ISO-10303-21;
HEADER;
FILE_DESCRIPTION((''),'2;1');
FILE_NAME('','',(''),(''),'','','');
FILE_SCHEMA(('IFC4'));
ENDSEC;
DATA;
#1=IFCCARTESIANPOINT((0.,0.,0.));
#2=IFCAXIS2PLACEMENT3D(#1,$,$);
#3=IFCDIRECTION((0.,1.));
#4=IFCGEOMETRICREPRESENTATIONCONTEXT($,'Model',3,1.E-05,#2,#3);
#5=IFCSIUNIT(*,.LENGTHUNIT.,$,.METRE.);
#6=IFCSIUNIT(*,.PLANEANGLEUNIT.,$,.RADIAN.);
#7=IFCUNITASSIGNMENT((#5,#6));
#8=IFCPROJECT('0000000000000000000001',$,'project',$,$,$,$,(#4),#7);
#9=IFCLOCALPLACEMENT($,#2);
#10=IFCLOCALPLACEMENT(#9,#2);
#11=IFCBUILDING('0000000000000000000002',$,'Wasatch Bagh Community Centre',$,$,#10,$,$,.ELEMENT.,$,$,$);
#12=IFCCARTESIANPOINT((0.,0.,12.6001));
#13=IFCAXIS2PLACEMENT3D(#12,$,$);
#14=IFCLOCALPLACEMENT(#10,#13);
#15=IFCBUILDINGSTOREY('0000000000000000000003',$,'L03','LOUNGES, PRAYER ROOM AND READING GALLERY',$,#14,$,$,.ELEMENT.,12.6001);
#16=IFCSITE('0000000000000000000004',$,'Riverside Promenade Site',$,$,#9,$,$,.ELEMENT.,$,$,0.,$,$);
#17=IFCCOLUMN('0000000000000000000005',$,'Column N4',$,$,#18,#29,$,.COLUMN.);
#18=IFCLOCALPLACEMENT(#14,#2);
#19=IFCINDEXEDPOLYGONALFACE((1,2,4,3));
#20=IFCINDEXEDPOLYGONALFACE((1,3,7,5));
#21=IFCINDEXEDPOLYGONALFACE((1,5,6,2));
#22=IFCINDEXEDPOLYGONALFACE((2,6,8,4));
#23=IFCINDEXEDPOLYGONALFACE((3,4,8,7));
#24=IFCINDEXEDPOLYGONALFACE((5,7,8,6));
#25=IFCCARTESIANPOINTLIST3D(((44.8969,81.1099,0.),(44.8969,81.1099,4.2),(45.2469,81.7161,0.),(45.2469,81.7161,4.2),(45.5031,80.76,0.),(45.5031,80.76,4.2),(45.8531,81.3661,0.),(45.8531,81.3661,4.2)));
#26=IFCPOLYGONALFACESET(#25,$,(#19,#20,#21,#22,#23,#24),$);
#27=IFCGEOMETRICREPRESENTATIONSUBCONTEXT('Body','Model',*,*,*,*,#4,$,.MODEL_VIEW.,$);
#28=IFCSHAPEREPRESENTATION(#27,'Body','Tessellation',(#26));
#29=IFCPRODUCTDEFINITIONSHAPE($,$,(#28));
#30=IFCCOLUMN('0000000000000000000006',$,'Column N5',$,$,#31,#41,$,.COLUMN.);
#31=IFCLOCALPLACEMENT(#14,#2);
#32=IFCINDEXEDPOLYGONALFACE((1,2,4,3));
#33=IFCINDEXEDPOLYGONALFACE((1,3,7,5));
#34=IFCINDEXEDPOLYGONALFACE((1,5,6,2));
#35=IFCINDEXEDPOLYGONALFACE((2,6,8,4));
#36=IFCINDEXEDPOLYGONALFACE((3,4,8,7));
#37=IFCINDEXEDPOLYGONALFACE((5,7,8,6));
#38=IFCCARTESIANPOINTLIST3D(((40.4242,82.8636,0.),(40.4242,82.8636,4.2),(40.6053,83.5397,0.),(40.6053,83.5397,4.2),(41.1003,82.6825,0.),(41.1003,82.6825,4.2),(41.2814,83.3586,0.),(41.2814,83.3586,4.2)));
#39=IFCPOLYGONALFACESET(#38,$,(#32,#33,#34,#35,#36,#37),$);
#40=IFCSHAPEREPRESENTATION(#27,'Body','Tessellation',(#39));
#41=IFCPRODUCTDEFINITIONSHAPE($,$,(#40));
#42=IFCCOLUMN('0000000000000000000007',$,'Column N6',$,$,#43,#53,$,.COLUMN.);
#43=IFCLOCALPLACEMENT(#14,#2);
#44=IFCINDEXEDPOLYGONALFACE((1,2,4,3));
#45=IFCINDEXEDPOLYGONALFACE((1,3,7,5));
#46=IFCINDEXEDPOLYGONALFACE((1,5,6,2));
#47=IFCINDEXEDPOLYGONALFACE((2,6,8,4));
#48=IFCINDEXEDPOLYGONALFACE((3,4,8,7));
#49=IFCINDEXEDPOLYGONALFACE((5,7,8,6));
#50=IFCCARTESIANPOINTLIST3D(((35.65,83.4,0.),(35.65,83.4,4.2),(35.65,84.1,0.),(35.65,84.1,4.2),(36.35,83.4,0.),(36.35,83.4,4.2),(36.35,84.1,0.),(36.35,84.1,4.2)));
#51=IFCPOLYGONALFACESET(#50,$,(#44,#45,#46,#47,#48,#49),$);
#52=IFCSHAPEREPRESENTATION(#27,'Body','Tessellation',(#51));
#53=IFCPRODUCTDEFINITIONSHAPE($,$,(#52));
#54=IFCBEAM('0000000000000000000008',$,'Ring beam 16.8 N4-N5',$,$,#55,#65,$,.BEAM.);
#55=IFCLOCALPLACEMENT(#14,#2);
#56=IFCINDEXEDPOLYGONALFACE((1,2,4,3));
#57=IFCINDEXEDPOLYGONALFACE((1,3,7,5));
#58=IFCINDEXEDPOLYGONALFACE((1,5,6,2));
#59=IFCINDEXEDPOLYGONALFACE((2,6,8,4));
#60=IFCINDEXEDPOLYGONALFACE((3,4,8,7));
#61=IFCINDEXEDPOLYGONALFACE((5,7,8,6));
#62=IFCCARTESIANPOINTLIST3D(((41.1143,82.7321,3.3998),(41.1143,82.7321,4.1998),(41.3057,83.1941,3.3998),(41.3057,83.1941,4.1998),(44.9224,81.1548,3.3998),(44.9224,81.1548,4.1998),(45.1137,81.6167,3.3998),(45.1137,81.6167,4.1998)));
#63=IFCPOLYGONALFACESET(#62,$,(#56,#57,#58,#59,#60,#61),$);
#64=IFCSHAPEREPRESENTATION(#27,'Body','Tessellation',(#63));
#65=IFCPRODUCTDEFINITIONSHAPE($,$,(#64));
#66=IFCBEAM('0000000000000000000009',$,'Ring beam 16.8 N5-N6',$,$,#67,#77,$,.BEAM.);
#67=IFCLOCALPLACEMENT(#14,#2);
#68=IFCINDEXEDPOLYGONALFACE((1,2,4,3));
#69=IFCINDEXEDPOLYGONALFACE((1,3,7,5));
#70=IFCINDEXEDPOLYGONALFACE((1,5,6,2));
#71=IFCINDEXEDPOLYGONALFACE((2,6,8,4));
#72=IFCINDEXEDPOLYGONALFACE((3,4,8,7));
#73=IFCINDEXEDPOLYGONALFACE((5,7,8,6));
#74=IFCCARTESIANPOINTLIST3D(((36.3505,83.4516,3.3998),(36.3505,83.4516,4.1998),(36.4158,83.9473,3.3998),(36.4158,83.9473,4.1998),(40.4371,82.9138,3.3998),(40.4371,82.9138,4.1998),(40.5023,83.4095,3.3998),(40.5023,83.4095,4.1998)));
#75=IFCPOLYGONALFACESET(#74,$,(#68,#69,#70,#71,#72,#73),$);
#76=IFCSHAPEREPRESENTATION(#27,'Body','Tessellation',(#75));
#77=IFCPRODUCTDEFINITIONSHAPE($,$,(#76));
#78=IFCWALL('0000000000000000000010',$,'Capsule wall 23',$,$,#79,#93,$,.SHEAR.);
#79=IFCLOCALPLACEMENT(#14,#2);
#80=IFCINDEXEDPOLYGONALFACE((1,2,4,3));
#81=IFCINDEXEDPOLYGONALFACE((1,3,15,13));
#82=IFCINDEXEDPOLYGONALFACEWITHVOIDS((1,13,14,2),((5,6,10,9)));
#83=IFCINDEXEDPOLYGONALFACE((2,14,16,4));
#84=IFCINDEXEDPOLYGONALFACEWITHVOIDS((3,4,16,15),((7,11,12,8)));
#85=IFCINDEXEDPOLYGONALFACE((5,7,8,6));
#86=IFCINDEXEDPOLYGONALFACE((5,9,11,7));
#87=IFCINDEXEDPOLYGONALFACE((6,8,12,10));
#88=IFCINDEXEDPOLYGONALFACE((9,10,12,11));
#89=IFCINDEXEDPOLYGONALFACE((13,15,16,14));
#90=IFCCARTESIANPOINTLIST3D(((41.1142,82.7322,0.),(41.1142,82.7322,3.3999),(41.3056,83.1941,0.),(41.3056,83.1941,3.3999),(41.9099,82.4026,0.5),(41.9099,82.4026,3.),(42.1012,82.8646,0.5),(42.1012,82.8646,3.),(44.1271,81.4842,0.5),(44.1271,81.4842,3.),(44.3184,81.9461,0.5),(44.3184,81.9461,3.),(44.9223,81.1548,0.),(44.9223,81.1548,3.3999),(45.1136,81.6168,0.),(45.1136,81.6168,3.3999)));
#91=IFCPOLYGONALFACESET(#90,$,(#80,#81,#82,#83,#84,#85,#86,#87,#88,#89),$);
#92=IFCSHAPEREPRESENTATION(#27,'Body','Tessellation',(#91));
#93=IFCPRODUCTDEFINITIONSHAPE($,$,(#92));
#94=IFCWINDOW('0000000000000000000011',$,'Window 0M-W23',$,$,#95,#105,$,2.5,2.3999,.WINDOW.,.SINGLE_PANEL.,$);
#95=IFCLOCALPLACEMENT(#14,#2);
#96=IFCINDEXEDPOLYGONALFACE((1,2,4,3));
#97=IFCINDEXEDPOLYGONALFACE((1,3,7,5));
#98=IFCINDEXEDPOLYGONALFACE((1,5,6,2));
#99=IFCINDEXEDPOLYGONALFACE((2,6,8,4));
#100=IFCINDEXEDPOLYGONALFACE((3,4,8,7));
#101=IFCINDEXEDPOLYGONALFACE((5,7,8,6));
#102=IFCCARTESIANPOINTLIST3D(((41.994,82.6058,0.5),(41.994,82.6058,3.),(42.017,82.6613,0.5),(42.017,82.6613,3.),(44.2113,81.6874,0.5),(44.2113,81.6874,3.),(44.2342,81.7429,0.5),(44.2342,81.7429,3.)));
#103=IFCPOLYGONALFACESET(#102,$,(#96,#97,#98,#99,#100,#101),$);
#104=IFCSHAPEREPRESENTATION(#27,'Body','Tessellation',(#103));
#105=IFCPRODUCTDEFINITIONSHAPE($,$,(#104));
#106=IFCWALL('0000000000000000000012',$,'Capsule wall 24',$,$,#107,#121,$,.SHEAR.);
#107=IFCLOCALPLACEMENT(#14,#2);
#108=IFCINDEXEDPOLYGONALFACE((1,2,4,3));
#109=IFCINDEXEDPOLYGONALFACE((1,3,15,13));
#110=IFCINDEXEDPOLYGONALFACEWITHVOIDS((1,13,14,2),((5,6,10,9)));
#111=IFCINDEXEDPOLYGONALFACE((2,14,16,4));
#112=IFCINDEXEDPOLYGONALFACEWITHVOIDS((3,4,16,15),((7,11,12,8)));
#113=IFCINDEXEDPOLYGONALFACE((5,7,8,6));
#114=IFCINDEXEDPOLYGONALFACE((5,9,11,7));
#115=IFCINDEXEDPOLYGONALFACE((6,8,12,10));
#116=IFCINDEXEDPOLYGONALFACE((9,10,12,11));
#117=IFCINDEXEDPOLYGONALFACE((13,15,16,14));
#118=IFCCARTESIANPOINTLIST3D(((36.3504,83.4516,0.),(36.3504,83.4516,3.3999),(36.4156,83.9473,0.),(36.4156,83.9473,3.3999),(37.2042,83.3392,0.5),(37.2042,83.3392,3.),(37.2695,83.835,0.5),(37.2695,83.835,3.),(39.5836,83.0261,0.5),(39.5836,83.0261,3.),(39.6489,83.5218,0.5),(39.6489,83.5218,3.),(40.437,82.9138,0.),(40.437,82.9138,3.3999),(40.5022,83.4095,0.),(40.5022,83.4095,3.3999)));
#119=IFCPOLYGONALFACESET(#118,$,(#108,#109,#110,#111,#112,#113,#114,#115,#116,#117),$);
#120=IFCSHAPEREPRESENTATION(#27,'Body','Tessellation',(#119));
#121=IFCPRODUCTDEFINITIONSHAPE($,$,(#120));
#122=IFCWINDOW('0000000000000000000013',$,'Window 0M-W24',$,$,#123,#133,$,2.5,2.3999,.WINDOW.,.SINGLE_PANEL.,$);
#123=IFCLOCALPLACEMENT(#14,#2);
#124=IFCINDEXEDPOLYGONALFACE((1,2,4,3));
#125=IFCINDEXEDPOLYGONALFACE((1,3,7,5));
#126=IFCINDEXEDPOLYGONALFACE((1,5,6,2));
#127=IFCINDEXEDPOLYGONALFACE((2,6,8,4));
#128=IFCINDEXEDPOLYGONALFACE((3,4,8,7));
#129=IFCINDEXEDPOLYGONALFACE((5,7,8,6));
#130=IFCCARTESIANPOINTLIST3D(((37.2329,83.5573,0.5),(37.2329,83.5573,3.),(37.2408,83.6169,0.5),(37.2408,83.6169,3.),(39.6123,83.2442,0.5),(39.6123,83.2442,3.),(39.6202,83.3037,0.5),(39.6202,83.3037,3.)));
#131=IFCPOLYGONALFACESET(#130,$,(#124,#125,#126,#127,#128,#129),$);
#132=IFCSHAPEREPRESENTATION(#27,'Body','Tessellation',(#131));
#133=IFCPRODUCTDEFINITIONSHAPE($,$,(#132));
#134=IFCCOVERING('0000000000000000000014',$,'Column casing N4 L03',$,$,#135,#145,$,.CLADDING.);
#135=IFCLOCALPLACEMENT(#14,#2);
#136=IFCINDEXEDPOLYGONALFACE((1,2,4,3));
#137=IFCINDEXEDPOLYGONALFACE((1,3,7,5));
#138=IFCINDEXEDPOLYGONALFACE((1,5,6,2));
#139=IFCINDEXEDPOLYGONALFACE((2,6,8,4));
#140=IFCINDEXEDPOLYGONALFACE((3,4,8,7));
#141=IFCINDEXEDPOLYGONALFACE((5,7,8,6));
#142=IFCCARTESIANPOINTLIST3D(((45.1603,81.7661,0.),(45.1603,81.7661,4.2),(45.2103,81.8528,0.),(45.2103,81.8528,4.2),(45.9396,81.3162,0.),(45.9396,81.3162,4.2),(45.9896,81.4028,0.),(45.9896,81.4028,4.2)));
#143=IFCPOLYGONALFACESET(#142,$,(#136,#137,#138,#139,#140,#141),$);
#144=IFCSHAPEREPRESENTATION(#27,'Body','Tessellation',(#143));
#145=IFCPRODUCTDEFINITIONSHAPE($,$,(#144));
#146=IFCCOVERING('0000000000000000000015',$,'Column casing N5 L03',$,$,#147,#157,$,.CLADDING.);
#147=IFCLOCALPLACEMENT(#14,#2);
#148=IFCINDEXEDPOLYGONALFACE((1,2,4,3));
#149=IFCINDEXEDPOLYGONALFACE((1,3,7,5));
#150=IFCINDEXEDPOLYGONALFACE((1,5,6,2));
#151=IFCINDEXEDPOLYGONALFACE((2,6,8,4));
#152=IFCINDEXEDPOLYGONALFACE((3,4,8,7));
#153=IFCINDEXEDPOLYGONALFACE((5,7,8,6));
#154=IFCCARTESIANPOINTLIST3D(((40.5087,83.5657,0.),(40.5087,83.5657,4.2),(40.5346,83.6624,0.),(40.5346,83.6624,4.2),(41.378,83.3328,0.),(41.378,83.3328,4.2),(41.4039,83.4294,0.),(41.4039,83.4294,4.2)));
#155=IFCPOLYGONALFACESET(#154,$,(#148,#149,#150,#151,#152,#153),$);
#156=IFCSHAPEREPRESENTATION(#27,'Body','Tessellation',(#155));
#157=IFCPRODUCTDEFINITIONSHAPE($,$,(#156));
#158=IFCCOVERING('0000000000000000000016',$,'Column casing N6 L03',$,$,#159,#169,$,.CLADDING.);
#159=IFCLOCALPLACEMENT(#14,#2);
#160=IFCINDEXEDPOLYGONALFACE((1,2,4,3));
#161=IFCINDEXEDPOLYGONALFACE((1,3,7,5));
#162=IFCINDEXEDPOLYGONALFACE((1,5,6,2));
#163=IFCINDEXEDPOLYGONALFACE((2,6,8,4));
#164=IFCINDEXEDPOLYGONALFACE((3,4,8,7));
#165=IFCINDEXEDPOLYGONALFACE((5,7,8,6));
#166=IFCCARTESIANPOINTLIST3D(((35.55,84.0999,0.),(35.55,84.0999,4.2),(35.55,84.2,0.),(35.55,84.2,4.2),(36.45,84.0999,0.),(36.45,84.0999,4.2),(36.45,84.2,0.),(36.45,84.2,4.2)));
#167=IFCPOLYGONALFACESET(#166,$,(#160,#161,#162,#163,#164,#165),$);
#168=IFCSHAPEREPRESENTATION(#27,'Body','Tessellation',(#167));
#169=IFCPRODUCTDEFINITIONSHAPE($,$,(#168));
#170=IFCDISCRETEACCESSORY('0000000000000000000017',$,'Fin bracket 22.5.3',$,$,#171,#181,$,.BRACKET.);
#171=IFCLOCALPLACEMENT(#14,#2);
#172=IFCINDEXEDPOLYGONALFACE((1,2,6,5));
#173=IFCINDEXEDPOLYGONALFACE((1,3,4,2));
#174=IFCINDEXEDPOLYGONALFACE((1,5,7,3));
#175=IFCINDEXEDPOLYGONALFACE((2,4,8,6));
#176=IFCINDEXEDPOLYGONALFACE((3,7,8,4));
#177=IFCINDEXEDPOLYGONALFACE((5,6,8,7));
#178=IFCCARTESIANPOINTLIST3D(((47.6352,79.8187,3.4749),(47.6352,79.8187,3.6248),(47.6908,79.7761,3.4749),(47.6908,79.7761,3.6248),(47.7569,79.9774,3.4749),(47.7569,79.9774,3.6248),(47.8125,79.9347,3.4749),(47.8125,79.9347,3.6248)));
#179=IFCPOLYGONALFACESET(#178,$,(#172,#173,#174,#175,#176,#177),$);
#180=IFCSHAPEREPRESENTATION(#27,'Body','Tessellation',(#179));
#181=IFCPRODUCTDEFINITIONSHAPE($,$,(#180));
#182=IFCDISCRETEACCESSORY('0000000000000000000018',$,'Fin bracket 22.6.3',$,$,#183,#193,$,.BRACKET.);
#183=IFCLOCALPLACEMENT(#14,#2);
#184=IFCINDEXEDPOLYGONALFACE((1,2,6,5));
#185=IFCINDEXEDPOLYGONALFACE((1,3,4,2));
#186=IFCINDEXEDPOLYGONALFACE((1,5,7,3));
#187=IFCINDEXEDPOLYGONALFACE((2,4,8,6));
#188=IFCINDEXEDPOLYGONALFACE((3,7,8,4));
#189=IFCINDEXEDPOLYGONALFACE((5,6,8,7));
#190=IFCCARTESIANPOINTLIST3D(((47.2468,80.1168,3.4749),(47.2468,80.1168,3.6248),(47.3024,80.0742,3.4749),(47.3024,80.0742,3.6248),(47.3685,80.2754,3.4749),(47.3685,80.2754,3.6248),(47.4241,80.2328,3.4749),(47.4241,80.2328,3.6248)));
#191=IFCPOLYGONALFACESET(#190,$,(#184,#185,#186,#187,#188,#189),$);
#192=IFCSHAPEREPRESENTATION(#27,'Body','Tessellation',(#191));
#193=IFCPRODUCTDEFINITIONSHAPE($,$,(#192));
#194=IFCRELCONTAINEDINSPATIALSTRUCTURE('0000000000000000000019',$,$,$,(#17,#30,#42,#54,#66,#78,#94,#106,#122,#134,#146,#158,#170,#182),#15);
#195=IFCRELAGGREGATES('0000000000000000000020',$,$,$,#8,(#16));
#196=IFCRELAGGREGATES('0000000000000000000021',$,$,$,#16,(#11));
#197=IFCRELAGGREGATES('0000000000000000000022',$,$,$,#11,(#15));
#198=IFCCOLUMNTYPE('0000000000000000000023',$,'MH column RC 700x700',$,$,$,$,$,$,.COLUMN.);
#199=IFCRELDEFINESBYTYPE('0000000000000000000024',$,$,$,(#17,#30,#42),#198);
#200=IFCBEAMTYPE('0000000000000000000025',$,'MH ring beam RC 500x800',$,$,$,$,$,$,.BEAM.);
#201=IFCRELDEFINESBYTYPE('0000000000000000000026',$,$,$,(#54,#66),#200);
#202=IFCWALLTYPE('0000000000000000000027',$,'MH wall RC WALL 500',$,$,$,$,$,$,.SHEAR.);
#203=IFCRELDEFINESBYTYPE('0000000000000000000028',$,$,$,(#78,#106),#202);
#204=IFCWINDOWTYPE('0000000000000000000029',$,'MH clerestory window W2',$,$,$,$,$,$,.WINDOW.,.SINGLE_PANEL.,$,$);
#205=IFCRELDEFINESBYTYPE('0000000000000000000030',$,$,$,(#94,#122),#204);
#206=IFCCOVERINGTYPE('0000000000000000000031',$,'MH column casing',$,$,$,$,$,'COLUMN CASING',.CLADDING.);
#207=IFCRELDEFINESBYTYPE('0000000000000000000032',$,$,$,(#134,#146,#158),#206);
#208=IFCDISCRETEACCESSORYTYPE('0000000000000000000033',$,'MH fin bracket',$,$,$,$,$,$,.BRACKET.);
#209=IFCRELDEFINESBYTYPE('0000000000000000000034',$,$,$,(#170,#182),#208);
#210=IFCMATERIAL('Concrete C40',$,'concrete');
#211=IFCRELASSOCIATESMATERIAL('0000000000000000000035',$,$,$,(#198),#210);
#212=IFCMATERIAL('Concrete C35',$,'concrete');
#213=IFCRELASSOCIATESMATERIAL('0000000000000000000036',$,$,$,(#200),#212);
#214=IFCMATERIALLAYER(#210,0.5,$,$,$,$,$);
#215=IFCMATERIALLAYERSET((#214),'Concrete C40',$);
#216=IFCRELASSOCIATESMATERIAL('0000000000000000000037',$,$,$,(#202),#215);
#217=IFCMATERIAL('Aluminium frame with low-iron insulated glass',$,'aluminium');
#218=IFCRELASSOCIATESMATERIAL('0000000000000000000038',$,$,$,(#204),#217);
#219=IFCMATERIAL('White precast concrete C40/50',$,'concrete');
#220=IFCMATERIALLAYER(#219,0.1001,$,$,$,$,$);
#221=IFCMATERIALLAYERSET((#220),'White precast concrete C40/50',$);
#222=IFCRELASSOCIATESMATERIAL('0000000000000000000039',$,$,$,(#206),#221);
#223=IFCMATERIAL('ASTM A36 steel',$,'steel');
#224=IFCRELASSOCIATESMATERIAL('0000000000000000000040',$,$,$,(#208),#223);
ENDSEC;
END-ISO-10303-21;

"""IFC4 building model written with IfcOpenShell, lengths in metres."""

from ifc_helpers import new_model, si_unit, direction, frame, frame_2d, origin, origin_2d, place, context, subcontext, project, spatial, rectangle, extrude, material, layer, layer_set, material_profile, profile_set, type_object, element, fill, save


model = new_model("IFC4")

# Units and contexts
model_context = context("Model", 3, precision=1e-05, world=origin(), true_north=direction((0.0, 1.0)))
body_context = subcontext(model_context, "Body", "Model", "MODEL_VIEW")
ifc_project = project(units=[si_unit("LENGTHUNIT", "METRE"), si_unit("PLANEANGLEUNIT", "RADIAN")], contexts=[model_context])

# Site, building, storey
site_placement = place(None, origin())
site = spatial("IfcSite", under=ifc_project, at=site_placement, Name="Riverside Promenade Site", CompositionType="ELEMENT", RefElevation=0.0)
building_placement = place(site_placement, origin())
building = spatial("IfcBuilding", under=site, at=building_placement, Name="Wasatch Bagh Community Centre", CompositionType="ELEMENT")
storey_placement = place(building_placement, frame((0.0, 0.0, 12.6001)))
storey = spatial("IfcBuildingStorey", under=building, at=storey_placement, Name="L03", Description="LOUNGES, PRAYER ROOM AND READING GALLERY", CompositionType="ELEMENT", Elevation=12.6001)

# Columns
ifc_material_1 = material(Name="Concrete C40", Category="concrete")
ifc_material_profile_1 = material_profile(ifc_material_1, rectangle(XDim=0.7, YDim=0.7, at=origin_2d()), Name="RC 700x700")
ifc_profile_set_1 = profile_set([ifc_material_profile_1], Name="Concrete C40")
column_type = type_object("IfcColumnType", Name="MH column RC 700x700", PredefinedType="COLUMN", material=ifc_profile_set_1)
for number, where, z_axis, x_axis, name in (
    (1, (45.375, 81.238, 0.0), (0.0, 0.0, 1.0), (0.5, 0.866025, 0.0), "Column N4"),
    (2, (40.8528, 83.1111, 0.0), (0.0, 0.0, 1.0), (0.258819, 0.965926, 0.0), "Column N5"),
    (3, (36.0, 83.75, 0.0), (0.0, 0.0, 1.0), (1.0, 0.0, 0.0), "Column N6"),
):
    element("IfcColumn", number, at=place(storey_placement, frame(where, z_axis=z_axis, x_axis=x_axis)), inside=storey, type_object=column_type, Name=name, PredefinedType="COLUMN", context=body_context, shape_type="SweptSolid", body=[
        extrude(rectangle(XDim=0.7, YDim=0.7, at=origin_2d()), origin(), (0.0, 0.0, 1.0), 4.2),
    ])

# Beams
ifc_material_2 = material(Name="Concrete C35", Category="concrete")
ifc_material_profile_2 = material_profile(ifc_material_2, rectangle(XDim=0.5, YDim=0.8, at=origin_2d()), Name="RC 500x800")
ifc_profile_set_2 = profile_set([ifc_material_profile_2], Name="Concrete C35")
beam_type = type_object("IfcBeamType", Name="MH ring beam RC 500x800", PredefinedType="BEAM", material=ifc_profile_set_2)
for number, where, z_axis, x_axis, name in (
    (4, (45.0181, 81.3857, 3.7998), (-0.923878, 0.382688, 0.0), (-0.382688, -0.923878, 0.0), "Ring beam 16.8 N4-N5"),
    (5, (40.4697, 83.1616, 3.7998), (-0.99145, 0.130484, 0.0), (-0.130484, -0.99145, 0.0), "Ring beam 16.8 N5-N6"),
):
    element("IfcBeam", number, at=place(storey_placement, frame(where, z_axis=z_axis, x_axis=x_axis)), inside=storey, type_object=beam_type, Name=name, PredefinedType="BEAM", context=body_context, shape_type="SweptSolid", body=[
        extrude(rectangle(XDim=0.5, YDim=0.8, at=origin_2d()), origin(), (0.0, 0.0, 1.0), 4.1218),
    ])

# Walls, openings, windows
ifc_layer_1 = layer(ifc_material_1, 0.5)
ifc_layer_set_1 = layer_set([ifc_layer_1], Name="Concrete C40")
wall_type = type_object("IfcWallType", Name="MH wall RC WALL 500", PredefinedType="SHEAR", material=ifc_layer_set_1)
wall_1_placement = place(storey_placement, frame((45.0181, 81.3857, 0.0), z_axis=(0.0, 0.0, 1.0), x_axis=(-0.923878, 0.382688, 0.0)))
wall_1 = element("IfcWall", 6, at=wall_1_placement, inside=storey, type_object=wall_type, Name="Capsule wall 23", PredefinedType="SHEAR", context=body_context, shape_type="SweptSolid", body=[
    extrude(rectangle(XDim=4.1218, YDim=0.5, at=frame_2d((2.061, 0.0))), origin(), (0.0, 0.0, 1.0), 3.3999),
])
opening_1_placement = place(wall_1_placement, frame((0.8608, 0.0, 0.5)))
opening_1 = element("IfcOpeningElement", 7, at=opening_1_placement, cuts=wall_1, PredefinedType="OPENING", context=body_context, shape_type="SweptSolid", body=[
    extrude(rectangle(XDim=2.3999, YDim=2.5, at=frame_2d((1.2, 1.25))), frame((0.0, 0.26, 0.0), z_axis=(0.0, -1.0, 0.0), x_axis=(1.0, 0.0, 0.0)), (0.0, 0.0, 1.0), 0.52),
])
ifc_material_3 = material(Name="Aluminium frame with low-iron insulated glass", Category="aluminium")
window_type = type_object("IfcWindowType", Name="MH clerestory window W2", PartitioningType="SINGLE_PANEL", PredefinedType="WINDOW", material=ifc_material_3)
window_1_placement = place(opening_1_placement, origin())
window_1 = element("IfcWindow", 8, at=window_1_placement, inside=storey, type_object=window_type, Name="Window 0M-W23", OverallHeight=2.5, OverallWidth=2.3999, PartitioningType="SINGLE_PANEL", PredefinedType="WINDOW", context=body_context, shape_type="SweptSolid", body=[
    extrude(rectangle(XDim=2.3999, YDim=2.5, at=frame_2d((1.2, 1.25))), frame((0.0, 0.03, 0.0), z_axis=(0.0, -1.0, 0.0), x_axis=(1.0, 0.0, 0.0)), (0.0, 0.0, 1.0), 0.0601),
])
fill(opening_1, window_1)
wall_2_placement = place(storey_placement, frame((40.4697, 83.1616, 0.0), z_axis=(0.0, 0.0, 1.0), x_axis=(-0.99145, 0.130484, 0.0)))
wall_2 = element("IfcWall", 9, at=wall_2_placement, inside=storey, type_object=wall_type, Name="Capsule wall 24", PredefinedType="SHEAR", context=body_context, shape_type="SweptSolid", body=[
    extrude(rectangle(XDim=4.1218, YDim=0.5, at=frame_2d((2.061, 0.0))), origin(), (0.0, 0.0, 1.0), 3.3999),
])
opening_2_placement = place(wall_2_placement, frame((0.8608, 0.0, 0.5)))
opening_2 = element("IfcOpeningElement", 10, at=opening_2_placement, cuts=wall_2, PredefinedType="OPENING", context=body_context, shape_type="SweptSolid", body=[
    extrude(rectangle(XDim=2.3999, YDim=2.5, at=frame_2d((1.2, 1.25))), frame((0.0, 0.26, 0.0), z_axis=(0.0, -1.0, 0.0), x_axis=(1.0, 0.0, 0.0)), (0.0, 0.0, 1.0), 0.52),
])
window_2_placement = place(opening_2_placement, origin())
window_2 = element("IfcWindow", 11, at=window_2_placement, inside=storey, type_object=window_type, Name="Window 0M-W24", OverallHeight=2.5, OverallWidth=2.3999, PartitioningType="SINGLE_PANEL", PredefinedType="WINDOW", context=body_context, shape_type="SweptSolid", body=[
    extrude(rectangle(XDim=2.3999, YDim=2.5, at=frame_2d((1.2, 1.25))), frame((0.0, 0.03, 0.0), z_axis=(0.0, -1.0, 0.0), x_axis=(1.0, 0.0, 0.0)), (0.0, 0.0, 1.0), 0.0601),
])
fill(opening_2, window_2)

# Coverings
ifc_material_4 = material(Name="White precast concrete C40/50", Category="concrete")
ifc_layer_2 = layer(ifc_material_4, 0.1001)
ifc_layer_set_2 = layer_set([ifc_layer_2], Name="White precast concrete C40/50")
covering_type = type_object("IfcCoveringType", Name="MH column casing", ElementType="COLUMN CASING", PredefinedType="CLADDING", material=ifc_layer_set_2)
for number, where, z_axis, x_axis, name in (
    (12, (45.575, 81.5845, 0.0), (0.0, 0.0, 1.0), (-0.866025, 0.5, 0.0), "Column casing N4 L03"),
    (13, (40.9563, 83.4976, 0.0), (0.0, 0.0, 1.0), (-0.965926, 0.258819, 0.0), "Column casing N5 L03"),
    (14, (36.0, 84.1499, 0.0), (0.0, 0.0, 1.0), (-1.0, 0.0, 0.0), "Column casing N6 L03"),
):
    element("IfcCovering", number, at=place(storey_placement, frame(where, z_axis=z_axis, x_axis=x_axis)), inside=storey, type_object=covering_type, Name=name, PredefinedType="CLADDING", context=body_context, shape_type="SweptSolid", body=[
        extrude(rectangle(XDim=0.8999, YDim=0.1001, at=origin_2d()), origin(), (0.0, 0.0, 1.0), 4.2),
    ])

# Discrete accessories
ifc_material_5 = material(Name="ASTM A36 steel", Category="steel")
discrete_accessory_type = type_object("IfcDiscreteAccessoryType", Name="MH fin bracket", PredefinedType="BRACKET", material=ifc_material_5)
for number, where, z_axis, x_axis, name in (
    (15, (47.7239, 79.8767, 3.4749), (0.0, 0.0, 1.0), (-0.793353, 0.608761, 0.0), "Fin bracket 22.5.3"),
    (16, (47.3354, 80.1748, 3.4749), (0.0, 0.0, 1.0), (-0.793353, 0.608761, 0.0), "Fin bracket 22.6.3"),
):
    element("IfcDiscreteAccessory", number, at=place(storey_placement, frame(where, z_axis=z_axis, x_axis=x_axis)), inside=storey, type_object=discrete_accessory_type, Name=name, PredefinedType="BRACKET", context=body_context, shape_type="SweptSolid", body=[
        extrude(rectangle(XDim=0.0701, YDim=0.2, at=origin_2d()), origin(), (0.0, 0.0, 1.0), 0.1499),
    ])

save(model, "model.ifc")
